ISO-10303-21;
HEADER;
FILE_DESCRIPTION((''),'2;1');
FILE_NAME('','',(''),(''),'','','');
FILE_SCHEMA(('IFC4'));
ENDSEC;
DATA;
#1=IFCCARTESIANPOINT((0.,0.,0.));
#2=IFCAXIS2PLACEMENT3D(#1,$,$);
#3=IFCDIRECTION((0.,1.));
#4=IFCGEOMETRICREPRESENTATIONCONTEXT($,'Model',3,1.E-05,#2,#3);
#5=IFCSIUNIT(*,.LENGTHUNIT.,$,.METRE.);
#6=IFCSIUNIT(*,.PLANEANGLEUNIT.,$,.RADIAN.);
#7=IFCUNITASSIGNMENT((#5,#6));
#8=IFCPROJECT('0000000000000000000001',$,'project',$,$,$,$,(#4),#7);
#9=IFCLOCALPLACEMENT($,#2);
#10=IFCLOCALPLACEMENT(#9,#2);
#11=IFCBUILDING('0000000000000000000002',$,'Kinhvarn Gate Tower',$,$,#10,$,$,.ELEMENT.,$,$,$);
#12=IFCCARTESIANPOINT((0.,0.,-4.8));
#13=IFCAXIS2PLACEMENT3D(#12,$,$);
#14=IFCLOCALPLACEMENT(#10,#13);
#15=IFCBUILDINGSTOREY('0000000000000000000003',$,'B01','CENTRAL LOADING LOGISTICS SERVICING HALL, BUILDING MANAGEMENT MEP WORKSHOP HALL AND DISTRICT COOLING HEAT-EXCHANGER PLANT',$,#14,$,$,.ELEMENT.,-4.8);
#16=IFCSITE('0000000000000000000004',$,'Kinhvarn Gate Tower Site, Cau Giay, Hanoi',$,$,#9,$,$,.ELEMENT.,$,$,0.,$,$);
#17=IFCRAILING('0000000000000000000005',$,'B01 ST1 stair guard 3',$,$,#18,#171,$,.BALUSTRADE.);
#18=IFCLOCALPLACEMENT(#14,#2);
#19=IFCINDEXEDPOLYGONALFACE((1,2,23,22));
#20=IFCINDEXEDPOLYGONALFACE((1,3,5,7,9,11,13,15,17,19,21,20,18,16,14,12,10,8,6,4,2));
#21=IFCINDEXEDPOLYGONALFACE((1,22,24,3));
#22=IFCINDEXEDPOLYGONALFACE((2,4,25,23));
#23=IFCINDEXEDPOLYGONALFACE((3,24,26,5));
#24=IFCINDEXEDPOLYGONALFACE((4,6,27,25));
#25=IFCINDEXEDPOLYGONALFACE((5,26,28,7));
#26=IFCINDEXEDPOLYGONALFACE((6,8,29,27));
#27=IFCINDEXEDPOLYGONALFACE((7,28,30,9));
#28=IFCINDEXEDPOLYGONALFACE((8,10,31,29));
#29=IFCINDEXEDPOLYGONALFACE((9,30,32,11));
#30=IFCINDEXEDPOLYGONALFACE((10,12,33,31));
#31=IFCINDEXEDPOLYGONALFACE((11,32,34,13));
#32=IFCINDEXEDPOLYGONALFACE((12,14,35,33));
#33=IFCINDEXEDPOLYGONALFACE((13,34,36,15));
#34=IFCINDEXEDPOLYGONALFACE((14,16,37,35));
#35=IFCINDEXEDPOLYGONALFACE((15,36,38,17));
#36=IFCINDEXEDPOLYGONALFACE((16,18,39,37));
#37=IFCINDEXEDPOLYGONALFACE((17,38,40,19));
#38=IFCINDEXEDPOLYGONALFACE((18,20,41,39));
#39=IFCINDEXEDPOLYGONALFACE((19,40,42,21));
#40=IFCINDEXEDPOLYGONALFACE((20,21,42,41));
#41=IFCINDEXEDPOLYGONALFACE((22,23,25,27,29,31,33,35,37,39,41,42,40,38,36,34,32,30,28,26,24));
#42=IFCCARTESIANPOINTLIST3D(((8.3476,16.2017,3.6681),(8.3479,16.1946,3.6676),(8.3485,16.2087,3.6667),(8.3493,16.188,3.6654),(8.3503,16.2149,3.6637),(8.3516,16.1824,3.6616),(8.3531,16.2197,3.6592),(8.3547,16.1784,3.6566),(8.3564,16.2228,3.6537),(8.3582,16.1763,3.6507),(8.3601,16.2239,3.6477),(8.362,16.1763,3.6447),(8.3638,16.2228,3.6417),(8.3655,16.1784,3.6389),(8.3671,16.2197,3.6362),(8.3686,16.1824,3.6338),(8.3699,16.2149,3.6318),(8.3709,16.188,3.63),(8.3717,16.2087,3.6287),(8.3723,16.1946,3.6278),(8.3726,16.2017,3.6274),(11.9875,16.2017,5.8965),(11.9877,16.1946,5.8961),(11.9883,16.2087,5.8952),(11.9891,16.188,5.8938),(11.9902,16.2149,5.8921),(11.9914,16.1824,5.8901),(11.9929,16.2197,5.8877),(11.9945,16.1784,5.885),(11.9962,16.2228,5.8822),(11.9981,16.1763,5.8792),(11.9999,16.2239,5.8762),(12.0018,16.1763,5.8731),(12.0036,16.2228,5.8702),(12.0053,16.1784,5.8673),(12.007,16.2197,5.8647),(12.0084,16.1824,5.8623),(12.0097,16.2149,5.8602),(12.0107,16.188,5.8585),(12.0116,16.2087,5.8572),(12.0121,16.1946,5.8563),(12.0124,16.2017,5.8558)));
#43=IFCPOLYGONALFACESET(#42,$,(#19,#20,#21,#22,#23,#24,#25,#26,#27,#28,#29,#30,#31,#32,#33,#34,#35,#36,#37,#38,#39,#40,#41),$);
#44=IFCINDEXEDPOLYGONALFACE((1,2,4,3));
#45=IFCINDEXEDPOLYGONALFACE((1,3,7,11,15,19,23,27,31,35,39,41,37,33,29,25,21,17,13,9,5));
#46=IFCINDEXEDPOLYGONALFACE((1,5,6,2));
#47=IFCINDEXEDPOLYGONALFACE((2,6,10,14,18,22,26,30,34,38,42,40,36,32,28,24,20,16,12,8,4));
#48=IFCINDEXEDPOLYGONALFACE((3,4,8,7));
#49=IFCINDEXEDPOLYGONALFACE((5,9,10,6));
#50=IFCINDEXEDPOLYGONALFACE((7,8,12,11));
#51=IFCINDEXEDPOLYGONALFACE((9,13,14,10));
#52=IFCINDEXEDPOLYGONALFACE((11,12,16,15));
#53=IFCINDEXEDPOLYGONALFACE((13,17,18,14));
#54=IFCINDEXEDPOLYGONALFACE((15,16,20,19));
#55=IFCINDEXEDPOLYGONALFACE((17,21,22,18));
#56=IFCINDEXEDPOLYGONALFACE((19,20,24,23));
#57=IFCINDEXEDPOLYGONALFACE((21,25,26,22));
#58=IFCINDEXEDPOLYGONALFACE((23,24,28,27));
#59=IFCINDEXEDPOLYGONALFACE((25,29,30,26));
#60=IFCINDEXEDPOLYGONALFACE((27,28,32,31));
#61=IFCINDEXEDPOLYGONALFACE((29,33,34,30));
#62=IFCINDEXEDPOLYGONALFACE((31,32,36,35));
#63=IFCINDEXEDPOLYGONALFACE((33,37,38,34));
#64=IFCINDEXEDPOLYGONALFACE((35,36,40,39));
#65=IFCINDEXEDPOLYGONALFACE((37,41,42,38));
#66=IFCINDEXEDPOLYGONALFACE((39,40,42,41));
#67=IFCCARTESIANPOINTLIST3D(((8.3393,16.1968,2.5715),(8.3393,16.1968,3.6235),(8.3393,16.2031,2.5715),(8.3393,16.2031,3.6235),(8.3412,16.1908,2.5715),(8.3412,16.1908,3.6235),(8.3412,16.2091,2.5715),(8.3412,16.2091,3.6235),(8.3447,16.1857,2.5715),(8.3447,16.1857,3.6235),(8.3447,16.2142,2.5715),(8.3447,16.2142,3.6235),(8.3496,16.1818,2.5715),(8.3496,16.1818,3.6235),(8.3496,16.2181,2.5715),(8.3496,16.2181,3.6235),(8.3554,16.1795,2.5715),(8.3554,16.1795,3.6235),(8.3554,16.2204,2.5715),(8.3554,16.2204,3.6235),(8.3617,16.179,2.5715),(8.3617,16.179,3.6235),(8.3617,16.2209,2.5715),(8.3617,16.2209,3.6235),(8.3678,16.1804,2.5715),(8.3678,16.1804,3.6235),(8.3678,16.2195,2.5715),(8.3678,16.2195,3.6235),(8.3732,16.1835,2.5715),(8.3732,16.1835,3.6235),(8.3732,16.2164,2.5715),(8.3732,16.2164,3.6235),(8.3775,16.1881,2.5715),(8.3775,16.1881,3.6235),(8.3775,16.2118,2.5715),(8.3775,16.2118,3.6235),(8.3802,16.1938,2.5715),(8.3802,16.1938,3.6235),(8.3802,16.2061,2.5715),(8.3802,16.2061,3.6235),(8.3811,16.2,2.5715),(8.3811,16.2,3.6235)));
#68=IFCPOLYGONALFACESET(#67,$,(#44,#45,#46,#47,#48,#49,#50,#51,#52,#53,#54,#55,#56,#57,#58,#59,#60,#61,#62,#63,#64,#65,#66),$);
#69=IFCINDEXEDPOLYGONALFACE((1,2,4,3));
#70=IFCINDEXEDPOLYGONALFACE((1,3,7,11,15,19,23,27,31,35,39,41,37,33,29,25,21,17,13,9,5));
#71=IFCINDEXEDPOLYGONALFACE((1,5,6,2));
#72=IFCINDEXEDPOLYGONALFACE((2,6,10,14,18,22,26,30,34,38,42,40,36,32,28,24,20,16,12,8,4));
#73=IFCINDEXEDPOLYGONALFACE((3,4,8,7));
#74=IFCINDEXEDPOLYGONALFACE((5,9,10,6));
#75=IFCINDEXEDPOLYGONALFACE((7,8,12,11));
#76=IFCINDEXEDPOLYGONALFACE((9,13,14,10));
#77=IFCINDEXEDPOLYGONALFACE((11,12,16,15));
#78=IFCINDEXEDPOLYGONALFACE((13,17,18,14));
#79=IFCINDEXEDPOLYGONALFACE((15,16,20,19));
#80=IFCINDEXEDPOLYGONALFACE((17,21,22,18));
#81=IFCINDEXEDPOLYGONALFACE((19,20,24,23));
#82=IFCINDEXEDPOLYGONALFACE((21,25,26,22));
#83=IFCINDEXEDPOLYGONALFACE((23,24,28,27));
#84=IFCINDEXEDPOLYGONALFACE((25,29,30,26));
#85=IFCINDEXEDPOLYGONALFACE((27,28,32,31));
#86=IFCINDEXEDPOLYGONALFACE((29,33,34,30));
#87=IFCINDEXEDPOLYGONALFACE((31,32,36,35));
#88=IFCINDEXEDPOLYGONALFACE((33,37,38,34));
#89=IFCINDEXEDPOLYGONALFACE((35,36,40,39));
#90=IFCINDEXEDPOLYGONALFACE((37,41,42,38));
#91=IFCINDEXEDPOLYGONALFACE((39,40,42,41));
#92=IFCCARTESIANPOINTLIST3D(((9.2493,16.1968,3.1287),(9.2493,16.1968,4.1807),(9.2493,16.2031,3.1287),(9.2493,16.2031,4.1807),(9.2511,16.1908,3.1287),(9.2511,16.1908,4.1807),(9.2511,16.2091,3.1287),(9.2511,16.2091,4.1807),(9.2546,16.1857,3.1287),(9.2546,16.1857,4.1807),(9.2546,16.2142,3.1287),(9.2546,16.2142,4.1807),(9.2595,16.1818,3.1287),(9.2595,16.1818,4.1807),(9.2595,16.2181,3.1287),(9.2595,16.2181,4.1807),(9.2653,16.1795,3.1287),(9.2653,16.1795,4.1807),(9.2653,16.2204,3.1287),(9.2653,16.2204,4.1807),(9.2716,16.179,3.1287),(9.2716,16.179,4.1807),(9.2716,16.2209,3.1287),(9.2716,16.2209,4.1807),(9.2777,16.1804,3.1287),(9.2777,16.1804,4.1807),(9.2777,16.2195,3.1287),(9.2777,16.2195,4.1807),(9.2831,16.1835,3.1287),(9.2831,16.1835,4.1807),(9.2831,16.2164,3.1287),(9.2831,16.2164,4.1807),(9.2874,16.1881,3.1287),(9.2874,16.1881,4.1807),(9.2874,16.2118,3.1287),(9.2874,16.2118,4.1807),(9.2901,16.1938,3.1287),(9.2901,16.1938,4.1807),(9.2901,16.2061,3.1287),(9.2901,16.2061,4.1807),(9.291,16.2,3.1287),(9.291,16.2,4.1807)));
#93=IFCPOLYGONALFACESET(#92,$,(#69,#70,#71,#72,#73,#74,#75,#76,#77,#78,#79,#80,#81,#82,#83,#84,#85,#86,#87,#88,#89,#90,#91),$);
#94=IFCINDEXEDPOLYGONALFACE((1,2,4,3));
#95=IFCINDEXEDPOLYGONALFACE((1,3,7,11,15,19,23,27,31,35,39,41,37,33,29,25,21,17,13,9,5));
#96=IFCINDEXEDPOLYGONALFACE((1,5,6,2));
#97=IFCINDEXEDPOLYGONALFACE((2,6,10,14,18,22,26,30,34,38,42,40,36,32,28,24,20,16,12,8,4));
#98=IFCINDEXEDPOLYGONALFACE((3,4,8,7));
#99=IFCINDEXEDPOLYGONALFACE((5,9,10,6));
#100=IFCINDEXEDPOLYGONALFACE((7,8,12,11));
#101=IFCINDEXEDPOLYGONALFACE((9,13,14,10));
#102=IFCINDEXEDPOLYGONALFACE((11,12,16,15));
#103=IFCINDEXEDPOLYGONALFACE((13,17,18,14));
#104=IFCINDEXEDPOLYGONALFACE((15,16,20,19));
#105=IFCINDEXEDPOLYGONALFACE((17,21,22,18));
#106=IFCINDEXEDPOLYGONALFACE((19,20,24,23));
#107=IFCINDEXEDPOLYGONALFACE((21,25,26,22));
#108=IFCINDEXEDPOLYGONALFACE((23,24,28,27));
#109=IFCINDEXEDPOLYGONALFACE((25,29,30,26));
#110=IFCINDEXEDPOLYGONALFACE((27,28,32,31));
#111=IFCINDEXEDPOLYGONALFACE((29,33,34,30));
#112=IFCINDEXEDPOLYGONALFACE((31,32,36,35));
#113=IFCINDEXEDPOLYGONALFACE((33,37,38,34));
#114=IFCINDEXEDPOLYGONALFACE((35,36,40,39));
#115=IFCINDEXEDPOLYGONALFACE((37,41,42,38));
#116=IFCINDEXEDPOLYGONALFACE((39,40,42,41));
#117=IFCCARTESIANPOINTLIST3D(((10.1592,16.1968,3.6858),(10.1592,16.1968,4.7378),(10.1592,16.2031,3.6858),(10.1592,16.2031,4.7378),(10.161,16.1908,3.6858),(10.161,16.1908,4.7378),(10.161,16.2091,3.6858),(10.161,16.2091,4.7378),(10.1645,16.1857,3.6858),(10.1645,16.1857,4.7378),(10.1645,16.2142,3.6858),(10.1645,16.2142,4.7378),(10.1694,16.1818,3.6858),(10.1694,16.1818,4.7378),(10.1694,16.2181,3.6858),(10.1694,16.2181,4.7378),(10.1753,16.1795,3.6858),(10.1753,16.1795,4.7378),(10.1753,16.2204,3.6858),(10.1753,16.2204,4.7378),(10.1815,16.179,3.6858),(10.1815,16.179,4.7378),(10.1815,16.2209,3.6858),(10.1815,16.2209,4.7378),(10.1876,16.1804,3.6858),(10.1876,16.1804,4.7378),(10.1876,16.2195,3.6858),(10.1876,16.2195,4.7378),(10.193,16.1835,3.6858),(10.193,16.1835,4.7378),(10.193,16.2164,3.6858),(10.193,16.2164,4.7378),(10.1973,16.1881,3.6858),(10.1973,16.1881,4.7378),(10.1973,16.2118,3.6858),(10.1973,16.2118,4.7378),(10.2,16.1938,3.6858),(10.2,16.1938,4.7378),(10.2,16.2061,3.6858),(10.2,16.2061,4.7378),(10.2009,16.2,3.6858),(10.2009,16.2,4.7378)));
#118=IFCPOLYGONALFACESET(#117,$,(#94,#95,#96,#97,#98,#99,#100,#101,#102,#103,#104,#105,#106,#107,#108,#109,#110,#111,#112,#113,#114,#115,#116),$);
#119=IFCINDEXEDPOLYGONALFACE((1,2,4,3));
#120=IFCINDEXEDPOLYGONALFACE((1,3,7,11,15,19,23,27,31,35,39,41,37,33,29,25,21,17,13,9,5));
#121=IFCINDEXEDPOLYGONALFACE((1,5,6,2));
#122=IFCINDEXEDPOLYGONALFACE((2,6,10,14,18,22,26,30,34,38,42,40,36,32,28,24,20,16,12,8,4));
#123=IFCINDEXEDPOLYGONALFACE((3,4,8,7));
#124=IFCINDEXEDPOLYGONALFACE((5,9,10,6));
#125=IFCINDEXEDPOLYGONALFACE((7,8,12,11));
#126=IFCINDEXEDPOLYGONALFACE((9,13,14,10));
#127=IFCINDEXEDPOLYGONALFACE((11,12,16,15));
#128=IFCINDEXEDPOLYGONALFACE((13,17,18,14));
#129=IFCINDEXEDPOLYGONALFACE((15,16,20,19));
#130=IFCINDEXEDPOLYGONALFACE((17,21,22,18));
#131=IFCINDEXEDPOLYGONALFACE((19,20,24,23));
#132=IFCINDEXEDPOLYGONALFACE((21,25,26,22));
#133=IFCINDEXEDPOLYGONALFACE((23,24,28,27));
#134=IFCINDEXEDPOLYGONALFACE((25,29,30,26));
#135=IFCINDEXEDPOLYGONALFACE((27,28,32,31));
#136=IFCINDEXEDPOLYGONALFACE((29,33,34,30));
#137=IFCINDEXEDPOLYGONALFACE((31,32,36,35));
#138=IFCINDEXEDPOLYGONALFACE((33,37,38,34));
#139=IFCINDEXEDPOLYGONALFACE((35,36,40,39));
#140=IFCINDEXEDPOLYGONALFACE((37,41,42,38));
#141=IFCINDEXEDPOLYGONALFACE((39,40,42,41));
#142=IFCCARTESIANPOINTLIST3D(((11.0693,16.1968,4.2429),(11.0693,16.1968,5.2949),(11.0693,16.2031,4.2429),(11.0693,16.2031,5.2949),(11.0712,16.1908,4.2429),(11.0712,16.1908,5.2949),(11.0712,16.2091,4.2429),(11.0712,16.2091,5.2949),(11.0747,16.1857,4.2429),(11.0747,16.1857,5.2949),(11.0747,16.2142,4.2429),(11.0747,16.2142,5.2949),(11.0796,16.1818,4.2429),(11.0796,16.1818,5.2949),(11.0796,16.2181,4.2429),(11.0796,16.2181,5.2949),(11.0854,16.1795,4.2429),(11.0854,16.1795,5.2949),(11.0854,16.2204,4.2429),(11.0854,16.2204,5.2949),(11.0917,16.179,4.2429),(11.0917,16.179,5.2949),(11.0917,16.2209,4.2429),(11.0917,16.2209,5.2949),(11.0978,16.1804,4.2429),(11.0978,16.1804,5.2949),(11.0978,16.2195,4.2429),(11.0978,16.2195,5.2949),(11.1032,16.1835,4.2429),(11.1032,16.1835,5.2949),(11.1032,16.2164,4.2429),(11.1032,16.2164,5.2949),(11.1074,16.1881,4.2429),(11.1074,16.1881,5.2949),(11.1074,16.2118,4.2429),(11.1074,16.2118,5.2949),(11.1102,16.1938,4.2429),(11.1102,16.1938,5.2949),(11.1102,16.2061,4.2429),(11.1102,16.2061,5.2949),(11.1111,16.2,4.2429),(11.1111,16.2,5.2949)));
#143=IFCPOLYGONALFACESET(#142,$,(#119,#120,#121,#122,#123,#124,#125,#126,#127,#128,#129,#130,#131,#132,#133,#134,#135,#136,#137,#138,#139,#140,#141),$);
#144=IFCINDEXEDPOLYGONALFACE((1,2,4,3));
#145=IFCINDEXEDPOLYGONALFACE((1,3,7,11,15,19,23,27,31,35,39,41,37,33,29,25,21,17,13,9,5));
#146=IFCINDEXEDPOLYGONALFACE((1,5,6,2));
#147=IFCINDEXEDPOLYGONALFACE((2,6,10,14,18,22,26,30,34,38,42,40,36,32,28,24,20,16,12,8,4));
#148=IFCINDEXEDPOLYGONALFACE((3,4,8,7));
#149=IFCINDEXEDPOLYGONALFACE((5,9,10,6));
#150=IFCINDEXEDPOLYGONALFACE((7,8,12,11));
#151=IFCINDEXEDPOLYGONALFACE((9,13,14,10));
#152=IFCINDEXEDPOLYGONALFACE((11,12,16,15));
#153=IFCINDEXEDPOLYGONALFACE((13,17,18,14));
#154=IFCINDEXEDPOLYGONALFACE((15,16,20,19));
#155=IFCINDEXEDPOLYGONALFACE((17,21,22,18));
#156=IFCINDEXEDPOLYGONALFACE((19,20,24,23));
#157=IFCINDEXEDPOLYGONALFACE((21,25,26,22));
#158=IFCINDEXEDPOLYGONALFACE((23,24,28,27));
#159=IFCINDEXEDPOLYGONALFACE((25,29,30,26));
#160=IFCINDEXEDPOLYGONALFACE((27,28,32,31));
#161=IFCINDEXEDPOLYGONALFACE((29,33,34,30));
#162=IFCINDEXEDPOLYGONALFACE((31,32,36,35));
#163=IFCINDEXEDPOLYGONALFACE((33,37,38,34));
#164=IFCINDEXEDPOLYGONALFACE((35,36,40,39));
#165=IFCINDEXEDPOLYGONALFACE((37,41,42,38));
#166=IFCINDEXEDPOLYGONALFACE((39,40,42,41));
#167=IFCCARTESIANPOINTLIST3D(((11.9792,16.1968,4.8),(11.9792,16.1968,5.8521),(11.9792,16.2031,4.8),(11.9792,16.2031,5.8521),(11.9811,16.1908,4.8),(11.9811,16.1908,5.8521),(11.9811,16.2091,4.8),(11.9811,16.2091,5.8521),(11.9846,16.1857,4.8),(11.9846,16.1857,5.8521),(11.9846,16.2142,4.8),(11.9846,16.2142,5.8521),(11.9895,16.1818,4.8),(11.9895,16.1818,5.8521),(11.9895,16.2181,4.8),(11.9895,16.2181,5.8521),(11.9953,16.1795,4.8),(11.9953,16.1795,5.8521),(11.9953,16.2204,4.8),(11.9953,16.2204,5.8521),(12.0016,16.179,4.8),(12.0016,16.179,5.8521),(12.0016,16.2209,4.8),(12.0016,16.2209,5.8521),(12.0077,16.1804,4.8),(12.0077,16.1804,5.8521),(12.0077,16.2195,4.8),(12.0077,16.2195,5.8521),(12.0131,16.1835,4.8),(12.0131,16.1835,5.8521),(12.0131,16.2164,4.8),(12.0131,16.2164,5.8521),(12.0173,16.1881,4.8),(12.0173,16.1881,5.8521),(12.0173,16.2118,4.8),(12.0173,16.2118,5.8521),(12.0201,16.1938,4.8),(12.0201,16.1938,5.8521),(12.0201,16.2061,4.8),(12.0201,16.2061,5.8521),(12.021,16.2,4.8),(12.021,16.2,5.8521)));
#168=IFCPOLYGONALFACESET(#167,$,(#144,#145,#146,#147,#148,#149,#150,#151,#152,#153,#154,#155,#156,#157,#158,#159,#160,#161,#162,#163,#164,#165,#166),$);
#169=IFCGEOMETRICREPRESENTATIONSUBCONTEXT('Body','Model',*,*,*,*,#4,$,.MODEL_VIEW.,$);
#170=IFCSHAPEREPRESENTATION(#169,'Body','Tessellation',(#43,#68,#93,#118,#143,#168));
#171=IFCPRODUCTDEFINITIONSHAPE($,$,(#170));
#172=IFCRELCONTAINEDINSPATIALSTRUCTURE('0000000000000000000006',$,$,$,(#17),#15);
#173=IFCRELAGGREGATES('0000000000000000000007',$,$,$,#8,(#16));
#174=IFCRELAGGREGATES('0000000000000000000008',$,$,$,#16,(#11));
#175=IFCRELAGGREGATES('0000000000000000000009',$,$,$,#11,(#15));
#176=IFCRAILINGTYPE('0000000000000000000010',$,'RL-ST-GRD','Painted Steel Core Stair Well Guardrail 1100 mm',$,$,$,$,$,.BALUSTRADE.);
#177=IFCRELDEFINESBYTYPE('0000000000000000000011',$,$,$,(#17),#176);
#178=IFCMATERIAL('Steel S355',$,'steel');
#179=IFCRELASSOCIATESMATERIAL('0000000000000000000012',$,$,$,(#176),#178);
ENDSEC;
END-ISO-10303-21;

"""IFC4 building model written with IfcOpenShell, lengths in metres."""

from ifc_helpers import new_model, si_unit, direction, frame, origin, origin_2d, place, context, subcontext, project, spatial, circle, extrude, material, type_object, element, save


model = new_model("IFC4")

# Units and contexts
model_context = context("Model", 3, precision=1e-05, world=origin(), true_north=direction((0.0, 1.0)))
body_context = subcontext(model_context, "Body", "Model", "MODEL_VIEW")
ifc_project = project(units=[si_unit("LENGTHUNIT", "METRE"), si_unit("PLANEANGLEUNIT", "RADIAN")], contexts=[model_context])

# Site, building, storey
site_placement = place(None, origin())
site = spatial("IfcSite", under=ifc_project, at=site_placement, Name="Kinhvarn Gate Tower Site, Cau Giay, Hanoi", CompositionType="ELEMENT", RefElevation=0.0)
building_placement = place(site_placement, origin())
building = spatial("IfcBuilding", under=site, at=building_placement, Name="Kinhvarn Gate Tower", CompositionType="ELEMENT")
storey_placement = place(building_placement, frame((0.0, 0.0, -4.8)))
storey = spatial("IfcBuildingStorey", under=building, at=storey_placement, Name="B01", Description="CENTRAL LOADING LOGISTICS SERVICING HALL, BUILDING MANAGEMENT MEP WORKSHOP HALL AND DISTRICT COOLING HEAT-EXCHANGER PLANT", CompositionType="ELEMENT", Elevation=-4.8)

# Shared definitions
ifc_material_1 = material(Name="Steel S355", Category="steel")

# Railing
railing_type_1 = type_object("IfcRailingType", Name="RL-ST-GRD", Description="Painted Steel Core Stair Well Guardrail 1100 mm", PredefinedType="BALUSTRADE", material=ifc_material_1)
railing_1_placement = place(storey_placement, frame((8.3601, 16.2, 2.5715)))
element("IfcRailing", 1, at=railing_1_placement, inside=storey, type_object=railing_type_1, Name="B01 ST1 stair guard 3", PredefinedType="BALUSTRADE", context=body_context, shape_type="SweptSolid", body=[
    extrude(circle(Radius=0.0239, at=origin_2d()), frame((0.0, 0.0, 1.0762), z_axis=(0.85285, 0.0, 0.522156), x_axis=(0.0, 1.0, 0.0)), (0.0, 0.0, 1.0), 4.2678),
    extrude(circle(Radius=0.021, at=origin_2d()), origin(), (0.0, 0.0, 1.0), 1.052),
    extrude(circle(Radius=0.021, at=origin_2d()), frame((0.9099, 0.0, 0.5571)), (0.0, 0.0, 1.0), 1.052),
    extrude(circle(Radius=0.021, at=origin_2d()), frame((1.8198, 0.0, 1.1143)), (0.0, 0.0, 1.0), 1.052),
    extrude(circle(Radius=0.021, at=origin_2d()), frame((2.73, 0.0, 1.6714)), (0.0, 0.0, 1.0), 1.052),
    extrude(circle(Radius=0.021, at=origin_2d()), frame((3.6399, 0.0, 2.2285)), (0.0, 0.0, 1.0), 1.052),
])

save(model, "model.ifc")
